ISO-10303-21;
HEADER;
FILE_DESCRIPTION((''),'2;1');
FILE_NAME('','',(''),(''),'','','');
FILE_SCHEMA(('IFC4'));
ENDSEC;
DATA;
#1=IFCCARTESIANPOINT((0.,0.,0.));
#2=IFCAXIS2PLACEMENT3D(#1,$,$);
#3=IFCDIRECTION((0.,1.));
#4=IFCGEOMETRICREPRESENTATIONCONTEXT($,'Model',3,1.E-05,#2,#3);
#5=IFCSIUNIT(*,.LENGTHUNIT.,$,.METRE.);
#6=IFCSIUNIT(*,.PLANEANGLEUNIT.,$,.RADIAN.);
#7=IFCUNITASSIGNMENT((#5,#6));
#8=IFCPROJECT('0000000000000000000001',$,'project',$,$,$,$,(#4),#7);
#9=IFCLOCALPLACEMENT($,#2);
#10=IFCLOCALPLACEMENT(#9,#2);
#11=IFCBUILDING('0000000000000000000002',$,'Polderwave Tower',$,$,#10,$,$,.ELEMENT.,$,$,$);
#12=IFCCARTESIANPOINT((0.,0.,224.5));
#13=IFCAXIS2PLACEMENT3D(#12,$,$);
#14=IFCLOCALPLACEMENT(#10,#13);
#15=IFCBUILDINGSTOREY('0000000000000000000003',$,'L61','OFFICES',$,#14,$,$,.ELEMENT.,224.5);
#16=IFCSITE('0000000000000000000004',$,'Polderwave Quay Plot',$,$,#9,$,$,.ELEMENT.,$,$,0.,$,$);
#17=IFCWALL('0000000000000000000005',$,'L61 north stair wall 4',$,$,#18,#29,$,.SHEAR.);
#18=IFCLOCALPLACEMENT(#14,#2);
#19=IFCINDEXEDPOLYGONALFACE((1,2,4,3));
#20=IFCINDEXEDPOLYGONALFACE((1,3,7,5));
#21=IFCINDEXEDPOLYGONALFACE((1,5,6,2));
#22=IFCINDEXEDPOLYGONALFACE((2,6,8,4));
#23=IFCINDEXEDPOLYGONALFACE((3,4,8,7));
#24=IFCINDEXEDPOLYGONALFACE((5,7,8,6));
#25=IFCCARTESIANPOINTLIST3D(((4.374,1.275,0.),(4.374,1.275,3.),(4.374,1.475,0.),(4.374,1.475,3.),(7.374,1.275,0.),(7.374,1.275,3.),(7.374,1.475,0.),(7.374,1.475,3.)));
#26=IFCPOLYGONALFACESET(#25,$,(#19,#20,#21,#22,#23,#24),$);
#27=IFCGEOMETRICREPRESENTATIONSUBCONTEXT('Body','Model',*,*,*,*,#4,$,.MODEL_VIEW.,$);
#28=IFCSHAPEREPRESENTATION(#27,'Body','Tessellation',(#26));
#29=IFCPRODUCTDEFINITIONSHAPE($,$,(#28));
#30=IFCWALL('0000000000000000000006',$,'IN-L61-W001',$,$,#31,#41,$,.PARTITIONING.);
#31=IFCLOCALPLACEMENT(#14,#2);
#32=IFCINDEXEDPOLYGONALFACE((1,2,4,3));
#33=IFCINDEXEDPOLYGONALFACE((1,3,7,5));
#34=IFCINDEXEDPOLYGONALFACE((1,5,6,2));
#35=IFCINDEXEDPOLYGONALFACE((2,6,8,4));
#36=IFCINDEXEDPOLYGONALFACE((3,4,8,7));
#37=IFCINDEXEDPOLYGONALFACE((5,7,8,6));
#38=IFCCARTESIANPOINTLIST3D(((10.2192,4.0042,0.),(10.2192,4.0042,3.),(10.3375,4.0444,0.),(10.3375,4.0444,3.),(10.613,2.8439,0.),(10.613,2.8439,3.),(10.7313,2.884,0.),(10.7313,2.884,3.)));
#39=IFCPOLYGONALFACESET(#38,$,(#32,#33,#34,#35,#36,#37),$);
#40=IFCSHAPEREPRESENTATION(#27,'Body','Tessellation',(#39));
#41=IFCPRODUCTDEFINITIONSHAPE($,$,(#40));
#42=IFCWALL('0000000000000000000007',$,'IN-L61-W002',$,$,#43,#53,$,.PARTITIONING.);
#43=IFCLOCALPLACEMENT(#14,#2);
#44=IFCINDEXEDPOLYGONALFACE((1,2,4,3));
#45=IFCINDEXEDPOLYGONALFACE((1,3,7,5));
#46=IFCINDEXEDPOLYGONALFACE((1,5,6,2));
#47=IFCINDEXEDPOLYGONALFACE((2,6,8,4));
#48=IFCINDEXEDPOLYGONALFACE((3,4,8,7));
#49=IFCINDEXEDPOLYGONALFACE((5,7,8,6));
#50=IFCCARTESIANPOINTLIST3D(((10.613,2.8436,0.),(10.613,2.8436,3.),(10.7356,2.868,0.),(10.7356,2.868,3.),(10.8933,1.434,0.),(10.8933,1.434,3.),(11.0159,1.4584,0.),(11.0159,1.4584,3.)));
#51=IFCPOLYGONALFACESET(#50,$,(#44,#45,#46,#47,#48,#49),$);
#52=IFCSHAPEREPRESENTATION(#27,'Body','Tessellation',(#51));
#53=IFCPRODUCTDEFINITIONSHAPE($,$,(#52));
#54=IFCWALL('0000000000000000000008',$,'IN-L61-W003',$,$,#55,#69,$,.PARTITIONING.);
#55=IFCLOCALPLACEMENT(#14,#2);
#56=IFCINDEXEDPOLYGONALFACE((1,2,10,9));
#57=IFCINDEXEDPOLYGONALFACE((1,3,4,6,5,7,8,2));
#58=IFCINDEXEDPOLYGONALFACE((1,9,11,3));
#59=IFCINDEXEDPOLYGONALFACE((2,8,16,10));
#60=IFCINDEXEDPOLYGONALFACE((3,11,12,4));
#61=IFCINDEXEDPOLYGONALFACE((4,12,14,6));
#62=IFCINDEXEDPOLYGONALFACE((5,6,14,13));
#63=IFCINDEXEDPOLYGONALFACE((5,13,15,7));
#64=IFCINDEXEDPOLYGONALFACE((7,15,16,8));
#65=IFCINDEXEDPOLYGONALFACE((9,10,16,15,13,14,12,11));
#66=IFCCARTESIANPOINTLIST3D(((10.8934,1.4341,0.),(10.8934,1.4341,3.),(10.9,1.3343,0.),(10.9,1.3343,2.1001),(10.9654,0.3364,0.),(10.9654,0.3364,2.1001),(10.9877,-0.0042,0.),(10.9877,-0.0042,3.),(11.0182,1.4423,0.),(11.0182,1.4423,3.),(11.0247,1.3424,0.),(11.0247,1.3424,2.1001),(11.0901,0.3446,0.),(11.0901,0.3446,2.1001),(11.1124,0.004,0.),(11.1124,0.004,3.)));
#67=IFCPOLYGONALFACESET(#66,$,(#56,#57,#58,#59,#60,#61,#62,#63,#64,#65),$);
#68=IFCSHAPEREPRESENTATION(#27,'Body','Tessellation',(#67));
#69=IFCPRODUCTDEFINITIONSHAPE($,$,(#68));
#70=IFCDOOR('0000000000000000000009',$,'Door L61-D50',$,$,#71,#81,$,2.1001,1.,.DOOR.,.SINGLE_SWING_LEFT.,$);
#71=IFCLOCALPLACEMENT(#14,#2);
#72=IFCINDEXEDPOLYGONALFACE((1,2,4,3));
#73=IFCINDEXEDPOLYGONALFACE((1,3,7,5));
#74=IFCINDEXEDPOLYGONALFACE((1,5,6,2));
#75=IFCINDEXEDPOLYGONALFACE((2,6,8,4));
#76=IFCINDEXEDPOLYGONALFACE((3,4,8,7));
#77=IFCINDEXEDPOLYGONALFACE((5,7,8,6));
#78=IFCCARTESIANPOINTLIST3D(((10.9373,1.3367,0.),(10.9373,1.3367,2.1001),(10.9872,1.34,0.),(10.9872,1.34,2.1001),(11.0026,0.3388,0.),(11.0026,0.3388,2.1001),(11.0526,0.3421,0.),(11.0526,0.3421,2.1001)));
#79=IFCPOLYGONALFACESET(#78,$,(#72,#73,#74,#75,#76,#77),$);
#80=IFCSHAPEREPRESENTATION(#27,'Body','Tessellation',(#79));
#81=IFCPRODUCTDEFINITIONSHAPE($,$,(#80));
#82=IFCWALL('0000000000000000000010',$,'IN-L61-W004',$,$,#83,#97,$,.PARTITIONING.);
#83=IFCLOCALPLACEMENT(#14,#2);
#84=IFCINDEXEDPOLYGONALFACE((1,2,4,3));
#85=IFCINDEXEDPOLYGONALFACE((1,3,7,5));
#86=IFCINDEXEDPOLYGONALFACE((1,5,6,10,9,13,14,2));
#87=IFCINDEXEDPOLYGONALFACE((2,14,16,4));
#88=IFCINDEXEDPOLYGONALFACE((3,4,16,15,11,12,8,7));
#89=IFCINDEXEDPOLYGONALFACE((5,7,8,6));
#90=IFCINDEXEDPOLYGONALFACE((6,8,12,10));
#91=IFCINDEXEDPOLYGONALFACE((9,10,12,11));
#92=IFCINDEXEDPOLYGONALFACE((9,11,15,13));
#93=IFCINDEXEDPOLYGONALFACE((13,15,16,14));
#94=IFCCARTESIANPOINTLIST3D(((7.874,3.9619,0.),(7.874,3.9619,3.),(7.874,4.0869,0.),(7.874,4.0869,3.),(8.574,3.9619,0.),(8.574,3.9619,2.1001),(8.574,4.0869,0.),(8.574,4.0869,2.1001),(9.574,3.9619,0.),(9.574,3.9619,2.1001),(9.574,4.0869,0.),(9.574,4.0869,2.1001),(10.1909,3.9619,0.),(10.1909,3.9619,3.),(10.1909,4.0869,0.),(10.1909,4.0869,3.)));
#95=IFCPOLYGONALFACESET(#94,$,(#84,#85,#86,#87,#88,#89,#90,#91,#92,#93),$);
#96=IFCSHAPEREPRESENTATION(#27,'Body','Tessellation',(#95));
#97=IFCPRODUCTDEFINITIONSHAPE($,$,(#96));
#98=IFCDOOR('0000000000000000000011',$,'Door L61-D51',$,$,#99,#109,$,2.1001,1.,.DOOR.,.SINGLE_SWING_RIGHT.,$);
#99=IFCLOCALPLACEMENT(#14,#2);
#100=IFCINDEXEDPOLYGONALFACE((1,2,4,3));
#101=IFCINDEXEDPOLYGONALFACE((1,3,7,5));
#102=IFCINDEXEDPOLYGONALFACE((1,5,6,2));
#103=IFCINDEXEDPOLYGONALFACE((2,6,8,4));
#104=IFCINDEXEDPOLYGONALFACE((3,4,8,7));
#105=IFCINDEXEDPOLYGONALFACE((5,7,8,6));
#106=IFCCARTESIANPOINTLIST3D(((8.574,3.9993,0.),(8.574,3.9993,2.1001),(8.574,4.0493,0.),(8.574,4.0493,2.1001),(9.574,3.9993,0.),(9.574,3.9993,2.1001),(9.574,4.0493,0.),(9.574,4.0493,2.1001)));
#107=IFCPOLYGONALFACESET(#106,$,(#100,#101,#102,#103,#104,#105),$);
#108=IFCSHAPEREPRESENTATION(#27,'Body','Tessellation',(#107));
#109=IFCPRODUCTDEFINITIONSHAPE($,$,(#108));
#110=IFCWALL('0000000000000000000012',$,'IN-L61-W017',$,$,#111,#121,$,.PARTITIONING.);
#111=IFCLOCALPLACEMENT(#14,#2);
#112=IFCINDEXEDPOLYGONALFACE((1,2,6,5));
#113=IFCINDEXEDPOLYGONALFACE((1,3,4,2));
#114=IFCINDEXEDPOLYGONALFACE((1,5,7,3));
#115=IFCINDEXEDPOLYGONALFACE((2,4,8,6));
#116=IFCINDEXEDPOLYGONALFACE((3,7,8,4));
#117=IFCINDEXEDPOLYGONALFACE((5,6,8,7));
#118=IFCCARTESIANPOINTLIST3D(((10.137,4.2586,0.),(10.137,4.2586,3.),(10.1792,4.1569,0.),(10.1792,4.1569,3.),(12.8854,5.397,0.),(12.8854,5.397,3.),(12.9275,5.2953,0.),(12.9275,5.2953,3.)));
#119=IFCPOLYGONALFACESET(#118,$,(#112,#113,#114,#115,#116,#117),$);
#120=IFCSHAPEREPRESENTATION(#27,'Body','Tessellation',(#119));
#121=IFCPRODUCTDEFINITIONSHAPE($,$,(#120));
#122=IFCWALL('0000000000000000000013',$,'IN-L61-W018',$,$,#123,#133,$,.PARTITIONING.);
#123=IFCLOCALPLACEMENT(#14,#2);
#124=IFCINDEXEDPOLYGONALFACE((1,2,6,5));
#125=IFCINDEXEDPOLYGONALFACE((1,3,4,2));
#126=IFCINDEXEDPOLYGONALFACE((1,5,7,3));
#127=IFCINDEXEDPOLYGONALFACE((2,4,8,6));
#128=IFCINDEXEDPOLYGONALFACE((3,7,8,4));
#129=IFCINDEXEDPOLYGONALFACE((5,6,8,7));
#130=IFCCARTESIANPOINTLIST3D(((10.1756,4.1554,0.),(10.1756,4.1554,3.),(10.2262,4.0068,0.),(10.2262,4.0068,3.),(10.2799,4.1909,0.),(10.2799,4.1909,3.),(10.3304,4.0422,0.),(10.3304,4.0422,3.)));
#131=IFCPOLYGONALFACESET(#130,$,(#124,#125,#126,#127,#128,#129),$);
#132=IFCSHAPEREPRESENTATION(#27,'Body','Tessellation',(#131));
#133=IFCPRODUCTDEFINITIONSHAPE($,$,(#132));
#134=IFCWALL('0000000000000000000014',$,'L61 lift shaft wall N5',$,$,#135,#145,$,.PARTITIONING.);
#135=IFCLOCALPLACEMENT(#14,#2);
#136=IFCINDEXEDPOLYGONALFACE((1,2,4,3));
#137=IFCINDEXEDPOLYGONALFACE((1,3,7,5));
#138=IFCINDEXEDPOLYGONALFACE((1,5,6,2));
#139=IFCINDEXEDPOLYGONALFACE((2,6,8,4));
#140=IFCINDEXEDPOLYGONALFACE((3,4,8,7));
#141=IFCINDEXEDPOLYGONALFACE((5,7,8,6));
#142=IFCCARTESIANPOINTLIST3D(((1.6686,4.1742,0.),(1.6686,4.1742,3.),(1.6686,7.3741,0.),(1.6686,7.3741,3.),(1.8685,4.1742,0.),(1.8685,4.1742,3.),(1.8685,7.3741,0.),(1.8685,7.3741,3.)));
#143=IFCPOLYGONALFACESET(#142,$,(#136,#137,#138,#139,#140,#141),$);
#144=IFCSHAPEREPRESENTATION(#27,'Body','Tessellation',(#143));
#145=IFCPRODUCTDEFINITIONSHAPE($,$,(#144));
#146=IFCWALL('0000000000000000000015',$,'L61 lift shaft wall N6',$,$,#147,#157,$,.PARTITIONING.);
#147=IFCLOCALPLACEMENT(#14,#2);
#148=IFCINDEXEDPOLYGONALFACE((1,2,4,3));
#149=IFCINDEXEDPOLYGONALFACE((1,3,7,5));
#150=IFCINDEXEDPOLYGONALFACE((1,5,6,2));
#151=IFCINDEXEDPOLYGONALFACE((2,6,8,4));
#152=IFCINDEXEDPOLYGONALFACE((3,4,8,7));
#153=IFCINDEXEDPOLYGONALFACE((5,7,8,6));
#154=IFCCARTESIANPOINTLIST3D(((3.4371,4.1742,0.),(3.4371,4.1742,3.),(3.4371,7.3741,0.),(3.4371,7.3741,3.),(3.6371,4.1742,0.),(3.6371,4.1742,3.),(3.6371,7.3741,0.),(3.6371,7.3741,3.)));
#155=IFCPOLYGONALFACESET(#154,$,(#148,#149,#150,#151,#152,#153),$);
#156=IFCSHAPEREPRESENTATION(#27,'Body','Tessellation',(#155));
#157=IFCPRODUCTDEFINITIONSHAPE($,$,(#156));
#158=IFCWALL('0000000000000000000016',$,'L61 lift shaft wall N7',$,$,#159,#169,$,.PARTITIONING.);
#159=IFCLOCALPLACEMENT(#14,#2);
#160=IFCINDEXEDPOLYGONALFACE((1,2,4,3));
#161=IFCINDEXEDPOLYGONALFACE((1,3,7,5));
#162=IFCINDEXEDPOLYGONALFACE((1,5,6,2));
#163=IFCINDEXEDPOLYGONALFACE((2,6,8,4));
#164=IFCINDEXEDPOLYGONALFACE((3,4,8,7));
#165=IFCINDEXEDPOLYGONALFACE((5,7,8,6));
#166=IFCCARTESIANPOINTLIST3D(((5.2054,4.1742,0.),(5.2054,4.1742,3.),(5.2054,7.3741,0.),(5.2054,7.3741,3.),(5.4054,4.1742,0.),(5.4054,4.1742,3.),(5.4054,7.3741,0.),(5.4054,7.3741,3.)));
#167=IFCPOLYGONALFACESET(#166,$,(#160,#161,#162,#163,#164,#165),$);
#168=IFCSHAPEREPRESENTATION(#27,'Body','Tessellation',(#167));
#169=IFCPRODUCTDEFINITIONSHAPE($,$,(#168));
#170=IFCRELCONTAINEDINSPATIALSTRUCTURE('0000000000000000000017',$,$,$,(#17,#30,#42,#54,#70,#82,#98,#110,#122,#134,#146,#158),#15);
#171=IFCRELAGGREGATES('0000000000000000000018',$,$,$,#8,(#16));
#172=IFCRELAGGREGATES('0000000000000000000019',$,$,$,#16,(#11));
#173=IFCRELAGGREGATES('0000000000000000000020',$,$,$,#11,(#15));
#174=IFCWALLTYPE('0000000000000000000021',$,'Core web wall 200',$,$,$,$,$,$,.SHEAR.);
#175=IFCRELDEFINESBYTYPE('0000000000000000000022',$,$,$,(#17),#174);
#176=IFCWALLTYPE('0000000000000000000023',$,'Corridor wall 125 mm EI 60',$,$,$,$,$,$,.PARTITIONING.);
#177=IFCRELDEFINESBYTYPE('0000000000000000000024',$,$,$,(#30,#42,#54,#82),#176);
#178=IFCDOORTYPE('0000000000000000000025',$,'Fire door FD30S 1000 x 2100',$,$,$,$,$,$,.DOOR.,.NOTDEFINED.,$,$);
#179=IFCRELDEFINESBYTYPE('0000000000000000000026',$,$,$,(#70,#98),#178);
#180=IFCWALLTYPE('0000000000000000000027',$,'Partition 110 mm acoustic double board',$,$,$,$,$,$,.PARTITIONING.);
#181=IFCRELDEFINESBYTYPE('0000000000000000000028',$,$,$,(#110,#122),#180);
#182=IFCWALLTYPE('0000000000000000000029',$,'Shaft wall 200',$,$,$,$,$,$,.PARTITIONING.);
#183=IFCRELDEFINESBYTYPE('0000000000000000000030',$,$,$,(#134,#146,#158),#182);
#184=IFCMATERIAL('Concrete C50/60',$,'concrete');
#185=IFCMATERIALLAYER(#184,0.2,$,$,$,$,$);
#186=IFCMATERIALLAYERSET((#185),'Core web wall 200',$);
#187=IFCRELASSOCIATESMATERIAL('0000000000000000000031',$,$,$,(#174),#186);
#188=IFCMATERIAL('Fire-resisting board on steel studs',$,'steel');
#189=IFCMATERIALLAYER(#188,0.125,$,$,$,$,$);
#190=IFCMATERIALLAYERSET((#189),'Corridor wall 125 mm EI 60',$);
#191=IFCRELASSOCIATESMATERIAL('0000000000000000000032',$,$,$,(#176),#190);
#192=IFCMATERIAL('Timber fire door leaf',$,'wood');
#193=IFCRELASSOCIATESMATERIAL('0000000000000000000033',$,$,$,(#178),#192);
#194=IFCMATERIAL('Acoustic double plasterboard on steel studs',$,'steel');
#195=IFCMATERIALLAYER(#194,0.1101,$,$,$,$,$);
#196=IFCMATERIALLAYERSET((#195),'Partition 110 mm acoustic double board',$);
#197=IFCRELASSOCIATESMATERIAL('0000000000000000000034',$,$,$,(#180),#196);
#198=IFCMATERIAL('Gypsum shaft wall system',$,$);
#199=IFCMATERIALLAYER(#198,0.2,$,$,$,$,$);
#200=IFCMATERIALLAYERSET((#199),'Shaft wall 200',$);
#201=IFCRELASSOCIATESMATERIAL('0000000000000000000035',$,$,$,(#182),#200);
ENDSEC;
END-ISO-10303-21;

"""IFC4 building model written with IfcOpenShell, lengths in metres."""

from ifc_helpers import new_model, si_unit, direction, frame, frame_2d, origin, place, context, subcontext, project, spatial, rectangle, extrude, material, layer, layer_set, type_object, element, fill, save


model = new_model("IFC4")

# Units and contexts
model_context = context("Model", 3, precision=1e-05, world=origin(), true_north=direction((0.0, 1.0)))
body_context = subcontext(model_context, "Body", "Model", "MODEL_VIEW")
ifc_project = project(units=[si_unit("LENGTHUNIT", "METRE"), si_unit("PLANEANGLEUNIT", "RADIAN")], contexts=[model_context])

# Site, building, storey
site_placement = place(None, origin())
site = spatial("IfcSite", under=ifc_project, at=site_placement, Name="Polderwave Quay Plot", CompositionType="ELEMENT", RefElevation=0.0)
building_placement = place(site_placement, origin())
building = spatial("IfcBuilding", under=site, at=building_placement, Name="Polderwave Tower", CompositionType="ELEMENT")
storey_placement = place(building_placement, frame((0.0, 0.0, 224.5)))
storey = spatial("IfcBuildingStorey", under=building, at=storey_placement, Name="L61", Description="OFFICES", CompositionType="ELEMENT", Elevation=224.5)

# Walls
ifc_material_1 = material(Name="Concrete C50/60", Category="concrete")
ifc_layer_1 = layer(ifc_material_1, 0.2)
ifc_layer_set_1 = layer_set([ifc_layer_1], Name="Core web wall 200")
wall_type_1 = type_object("IfcWallType", Name="Core web wall 200", PredefinedType="SHEAR", material=ifc_layer_set_1)
wall_1_placement = place(storey_placement, frame((4.374, 1.375, 0.0), z_axis=(0.0, 0.0, 1.0), x_axis=(1.0, 0.0, 0.0)))
element("IfcWall", 1, at=wall_1_placement, inside=storey, type_object=wall_type_1, Name="L61 north stair wall 4", PredefinedType="SHEAR", context=body_context, shape_type="SweptSolid", body=[
    extrude(rectangle(XDim=3.0, YDim=0.2, at=frame_2d((1.5, 0.0))), origin(), (0.0, 0.0, 1.0), 3.0),
])
ifc_material_2 = material(Name="Fire-resisting board on steel studs", Category="steel")
ifc_layer_2 = layer(ifc_material_2, 0.125)
ifc_layer_set_2 = layer_set([ifc_layer_2], Name="Corridor wall 125 mm EI 60")
wall_type_2 = type_object("IfcWallType", Name="Corridor wall 125 mm EI 60", PredefinedType="PARTITIONING", material=ifc_layer_set_2)
wall_2_placement = place(storey_placement, frame((10.2783, 4.0244, 0.0), z_axis=(0.0, 0.0, 1.0), x_axis=(0.321363, -0.946956, 0.0)))
element("IfcWall", 2, at=wall_2_placement, inside=storey, type_object=wall_type_2, Name="IN-L61-W001", PredefinedType="PARTITIONING", context=body_context, shape_type="SweptSolid", body=[
    extrude(rectangle(XDim=1.2253, YDim=0.125, at=frame_2d((0.6128, 0.0))), origin(), (0.0, 0.0, 1.0), 3.0),
])
wall_3_placement = place(storey_placement, frame((10.6743, 2.856, 0.0), z_axis=(0.0, 0.0, 1.0), x_axis=(0.195005, -0.980802, 0.0)))
element("IfcWall", 3, at=wall_3_placement, inside=storey, type_object=wall_type_2, Name="IN-L61-W002", PredefinedType="PARTITIONING", context=body_context, shape_type="SweptSolid", body=[
    extrude(rectangle(XDim=1.4373, YDim=0.125, at=frame_2d((0.7188, 0.0))), origin(), (0.0, 0.0, 1.0), 3.0),
])

# Walls, openings, doors
wall_4_placement = place(storey_placement, frame((10.9558, 1.4382, 0.0), z_axis=(0.0, 0.0, 1.0), x_axis=(0.065383, -0.99786, 0.0)))
wall_4 = element("IfcWall", 4, at=wall_4_placement, inside=storey, type_object=wall_type_2, Name="IN-L61-W003", PredefinedType="PARTITIONING", context=body_context, shape_type="SweptSolid", body=[
    extrude(rectangle(XDim=1.4414, YDim=0.125, at=frame_2d((0.7207, 0.0))), origin(), (0.0, 0.0, 1.0), 3.0),
])
opening_1_placement = place(wall_4_placement, frame((0.1001, 0.0, 0.0)))
opening_1 = element("IfcOpeningElement", 5, at=opening_1_placement, cuts=wall_4, PredefinedType="OPENING", context=body_context, shape_type="SweptSolid", body=[
    extrude(rectangle(XDim=1.0, YDim=2.1001, at=frame_2d((0.5, 1.05))), frame((0.0, 0.0725, 0.0), z_axis=(0.0, -1.0, 0.0), x_axis=(1.0, 0.0, 0.0)), (0.0, 0.0, 1.0), 0.145),
])
ifc_material_3 = material(Name="Timber fire door leaf", Category="wood")
door_type = type_object("IfcDoorType", Name="Fire door FD30S 1000 x 2100", OperationType="NOTDEFINED", PredefinedType="DOOR", material=ifc_material_3)
door_1_placement = place(opening_1_placement, origin())
door_1 = element("IfcDoor", 6, at=door_1_placement, inside=storey, type_object=door_type, Name="Door L61-D50", OperationType="SINGLE_SWING_LEFT", OverallHeight=2.1001, OverallWidth=1.0, PredefinedType="DOOR", context=body_context, shape_type="SweptSolid", body=[
    extrude(rectangle(XDim=1.0, YDim=2.1001, at=frame_2d((0.5, 1.05))), frame((0.0, 0.0249, 0.0), z_axis=(0.0, -1.0, 0.0), x_axis=(1.0, 0.0, 0.0)), (0.0, 0.0, 1.0), 0.05),
])
fill(opening_1, door_1)
wall_5_placement = place(storey_placement, frame((7.874, 4.0244, 0.0), z_axis=(0.0, 0.0, 1.0), x_axis=(1.0, 0.0, 0.0)))
wall_5 = element("IfcWall", 7, at=wall_5_placement, inside=storey, type_object=wall_type_2, Name="IN-L61-W004", PredefinedType="PARTITIONING", context=body_context, shape_type="SweptSolid", body=[
    extrude(rectangle(XDim=2.3169, YDim=0.125, at=frame_2d((1.1584, 0.0))), origin(), (0.0, 0.0, 1.0), 3.0),
])
opening_2_placement = place(wall_5_placement, frame((0.7, 0.0, 0.0)))
opening_2 = element("IfcOpeningElement", 8, at=opening_2_placement, cuts=wall_5, PredefinedType="OPENING", context=body_context, shape_type="SweptSolid", body=[
    extrude(rectangle(XDim=1.0, YDim=2.1001, at=frame_2d((0.5, 1.05))), frame((0.0, 0.0725, 0.0), z_axis=(0.0, -1.0, 0.0), x_axis=(1.0, 0.0, 0.0)), (0.0, 0.0, 1.0), 0.145),
])
door_2_placement = place(opening_2_placement, origin())
door_2 = element("IfcDoor", 9, at=door_2_placement, inside=storey, type_object=door_type, Name="Door L61-D51", OperationType="SINGLE_SWING_RIGHT", OverallHeight=2.1001, OverallWidth=1.0, PredefinedType="DOOR", context=body_context, shape_type="SweptSolid", body=[
    extrude(rectangle(XDim=1.0, YDim=2.1001, at=frame_2d((0.5, 1.05))), frame((0.0, 0.0249, 0.0), z_axis=(0.0, -1.0, 0.0), x_axis=(1.0, 0.0, 0.0)), (0.0, 0.0, 1.0), 0.05),
])
fill(opening_2, door_2)

# Walls
ifc_material_4 = material(Name="Acoustic double plasterboard on steel studs", Category="steel")
ifc_layer_3 = layer(ifc_material_4, 0.1101)
ifc_layer_set_3 = layer_set([ifc_layer_3], Name="Partition 110 mm acoustic double board")
wall_type_3 = type_object("IfcWallType", Name="Partition 110 mm acoustic double board", PredefinedType="PARTITIONING", material=ifc_layer_set_3)
wall_6_placement = place(storey_placement, frame((10.1582, 4.2078, 0.0), z_axis=(0.0, 0.0, 1.0), x_axis=(0.923874, 0.382697, 0.0)))
element("IfcWall", 10, at=wall_6_placement, inside=storey, type_object=wall_type_3, Name="IN-L61-W017", PredefinedType="PARTITIONING", context=body_context, shape_type="SweptSolid", body=[
    extrude(rectangle(XDim=2.9749, YDim=0.1101, at=frame_2d((1.4873, 0.0))), origin(), (0.0, 0.0, 1.0), 3.0),
])
wall_7_placement = place(storey_placement, frame((10.2783, 4.0244, 0.0), z_axis=(0.0, 0.0, 1.0), x_axis=(-0.321819, 0.946801, 0.0)))
element("IfcWall", 11, at=wall_7_placement, inside=storey, type_object=wall_type_3, Name="IN-L61-W018", PredefinedType="PARTITIONING", context=body_context, shape_type="SweptSolid", body=[
    extrude(rectangle(XDim=0.157, YDim=0.1101, at=frame_2d((0.0786, 0.0))), origin(), (0.0, 0.0, 1.0), 3.0),
])
ifc_material_5 = material(Name="Gypsum shaft wall system")
ifc_layer_4 = layer(ifc_material_5, 0.2)
ifc_layer_set_4 = layer_set([ifc_layer_4], Name="Shaft wall 200")
wall_type_4 = type_object("IfcWallType", Name="Shaft wall 200", PredefinedType="PARTITIONING", material=ifc_layer_set_4)
for number, where, z_axis, x_axis, name in (
    (12, (1.7686, 4.1741, 0.0), (0.0, 0.0, 1.0), (0.0, 1.0, 0.0), "L61 lift shaft wall N5"),
    (13, (3.5371, 4.1741, 0.0), (0.0, 0.0, 1.0), (0.0, 1.0, 0.0), "L61 lift shaft wall N6"),
    (14, (5.3054, 4.1741, 0.0), (0.0, 0.0, 1.0), (0.0, 1.0, 0.0), "L61 lift shaft wall N7"),
):
    element("IfcWall", number, at=place(storey_placement, frame(where, z_axis=z_axis, x_axis=x_axis)), inside=storey, type_object=wall_type_4, Name=name, PredefinedType="PARTITIONING", context=body_context, shape_type="SweptSolid", body=[
        extrude(rectangle(XDim=3.2, YDim=0.2, at=frame_2d((1.6001, 0.0))), origin(), (0.0, 0.0, 1.0), 3.0),
    ])

save(model, "model.ifc")
